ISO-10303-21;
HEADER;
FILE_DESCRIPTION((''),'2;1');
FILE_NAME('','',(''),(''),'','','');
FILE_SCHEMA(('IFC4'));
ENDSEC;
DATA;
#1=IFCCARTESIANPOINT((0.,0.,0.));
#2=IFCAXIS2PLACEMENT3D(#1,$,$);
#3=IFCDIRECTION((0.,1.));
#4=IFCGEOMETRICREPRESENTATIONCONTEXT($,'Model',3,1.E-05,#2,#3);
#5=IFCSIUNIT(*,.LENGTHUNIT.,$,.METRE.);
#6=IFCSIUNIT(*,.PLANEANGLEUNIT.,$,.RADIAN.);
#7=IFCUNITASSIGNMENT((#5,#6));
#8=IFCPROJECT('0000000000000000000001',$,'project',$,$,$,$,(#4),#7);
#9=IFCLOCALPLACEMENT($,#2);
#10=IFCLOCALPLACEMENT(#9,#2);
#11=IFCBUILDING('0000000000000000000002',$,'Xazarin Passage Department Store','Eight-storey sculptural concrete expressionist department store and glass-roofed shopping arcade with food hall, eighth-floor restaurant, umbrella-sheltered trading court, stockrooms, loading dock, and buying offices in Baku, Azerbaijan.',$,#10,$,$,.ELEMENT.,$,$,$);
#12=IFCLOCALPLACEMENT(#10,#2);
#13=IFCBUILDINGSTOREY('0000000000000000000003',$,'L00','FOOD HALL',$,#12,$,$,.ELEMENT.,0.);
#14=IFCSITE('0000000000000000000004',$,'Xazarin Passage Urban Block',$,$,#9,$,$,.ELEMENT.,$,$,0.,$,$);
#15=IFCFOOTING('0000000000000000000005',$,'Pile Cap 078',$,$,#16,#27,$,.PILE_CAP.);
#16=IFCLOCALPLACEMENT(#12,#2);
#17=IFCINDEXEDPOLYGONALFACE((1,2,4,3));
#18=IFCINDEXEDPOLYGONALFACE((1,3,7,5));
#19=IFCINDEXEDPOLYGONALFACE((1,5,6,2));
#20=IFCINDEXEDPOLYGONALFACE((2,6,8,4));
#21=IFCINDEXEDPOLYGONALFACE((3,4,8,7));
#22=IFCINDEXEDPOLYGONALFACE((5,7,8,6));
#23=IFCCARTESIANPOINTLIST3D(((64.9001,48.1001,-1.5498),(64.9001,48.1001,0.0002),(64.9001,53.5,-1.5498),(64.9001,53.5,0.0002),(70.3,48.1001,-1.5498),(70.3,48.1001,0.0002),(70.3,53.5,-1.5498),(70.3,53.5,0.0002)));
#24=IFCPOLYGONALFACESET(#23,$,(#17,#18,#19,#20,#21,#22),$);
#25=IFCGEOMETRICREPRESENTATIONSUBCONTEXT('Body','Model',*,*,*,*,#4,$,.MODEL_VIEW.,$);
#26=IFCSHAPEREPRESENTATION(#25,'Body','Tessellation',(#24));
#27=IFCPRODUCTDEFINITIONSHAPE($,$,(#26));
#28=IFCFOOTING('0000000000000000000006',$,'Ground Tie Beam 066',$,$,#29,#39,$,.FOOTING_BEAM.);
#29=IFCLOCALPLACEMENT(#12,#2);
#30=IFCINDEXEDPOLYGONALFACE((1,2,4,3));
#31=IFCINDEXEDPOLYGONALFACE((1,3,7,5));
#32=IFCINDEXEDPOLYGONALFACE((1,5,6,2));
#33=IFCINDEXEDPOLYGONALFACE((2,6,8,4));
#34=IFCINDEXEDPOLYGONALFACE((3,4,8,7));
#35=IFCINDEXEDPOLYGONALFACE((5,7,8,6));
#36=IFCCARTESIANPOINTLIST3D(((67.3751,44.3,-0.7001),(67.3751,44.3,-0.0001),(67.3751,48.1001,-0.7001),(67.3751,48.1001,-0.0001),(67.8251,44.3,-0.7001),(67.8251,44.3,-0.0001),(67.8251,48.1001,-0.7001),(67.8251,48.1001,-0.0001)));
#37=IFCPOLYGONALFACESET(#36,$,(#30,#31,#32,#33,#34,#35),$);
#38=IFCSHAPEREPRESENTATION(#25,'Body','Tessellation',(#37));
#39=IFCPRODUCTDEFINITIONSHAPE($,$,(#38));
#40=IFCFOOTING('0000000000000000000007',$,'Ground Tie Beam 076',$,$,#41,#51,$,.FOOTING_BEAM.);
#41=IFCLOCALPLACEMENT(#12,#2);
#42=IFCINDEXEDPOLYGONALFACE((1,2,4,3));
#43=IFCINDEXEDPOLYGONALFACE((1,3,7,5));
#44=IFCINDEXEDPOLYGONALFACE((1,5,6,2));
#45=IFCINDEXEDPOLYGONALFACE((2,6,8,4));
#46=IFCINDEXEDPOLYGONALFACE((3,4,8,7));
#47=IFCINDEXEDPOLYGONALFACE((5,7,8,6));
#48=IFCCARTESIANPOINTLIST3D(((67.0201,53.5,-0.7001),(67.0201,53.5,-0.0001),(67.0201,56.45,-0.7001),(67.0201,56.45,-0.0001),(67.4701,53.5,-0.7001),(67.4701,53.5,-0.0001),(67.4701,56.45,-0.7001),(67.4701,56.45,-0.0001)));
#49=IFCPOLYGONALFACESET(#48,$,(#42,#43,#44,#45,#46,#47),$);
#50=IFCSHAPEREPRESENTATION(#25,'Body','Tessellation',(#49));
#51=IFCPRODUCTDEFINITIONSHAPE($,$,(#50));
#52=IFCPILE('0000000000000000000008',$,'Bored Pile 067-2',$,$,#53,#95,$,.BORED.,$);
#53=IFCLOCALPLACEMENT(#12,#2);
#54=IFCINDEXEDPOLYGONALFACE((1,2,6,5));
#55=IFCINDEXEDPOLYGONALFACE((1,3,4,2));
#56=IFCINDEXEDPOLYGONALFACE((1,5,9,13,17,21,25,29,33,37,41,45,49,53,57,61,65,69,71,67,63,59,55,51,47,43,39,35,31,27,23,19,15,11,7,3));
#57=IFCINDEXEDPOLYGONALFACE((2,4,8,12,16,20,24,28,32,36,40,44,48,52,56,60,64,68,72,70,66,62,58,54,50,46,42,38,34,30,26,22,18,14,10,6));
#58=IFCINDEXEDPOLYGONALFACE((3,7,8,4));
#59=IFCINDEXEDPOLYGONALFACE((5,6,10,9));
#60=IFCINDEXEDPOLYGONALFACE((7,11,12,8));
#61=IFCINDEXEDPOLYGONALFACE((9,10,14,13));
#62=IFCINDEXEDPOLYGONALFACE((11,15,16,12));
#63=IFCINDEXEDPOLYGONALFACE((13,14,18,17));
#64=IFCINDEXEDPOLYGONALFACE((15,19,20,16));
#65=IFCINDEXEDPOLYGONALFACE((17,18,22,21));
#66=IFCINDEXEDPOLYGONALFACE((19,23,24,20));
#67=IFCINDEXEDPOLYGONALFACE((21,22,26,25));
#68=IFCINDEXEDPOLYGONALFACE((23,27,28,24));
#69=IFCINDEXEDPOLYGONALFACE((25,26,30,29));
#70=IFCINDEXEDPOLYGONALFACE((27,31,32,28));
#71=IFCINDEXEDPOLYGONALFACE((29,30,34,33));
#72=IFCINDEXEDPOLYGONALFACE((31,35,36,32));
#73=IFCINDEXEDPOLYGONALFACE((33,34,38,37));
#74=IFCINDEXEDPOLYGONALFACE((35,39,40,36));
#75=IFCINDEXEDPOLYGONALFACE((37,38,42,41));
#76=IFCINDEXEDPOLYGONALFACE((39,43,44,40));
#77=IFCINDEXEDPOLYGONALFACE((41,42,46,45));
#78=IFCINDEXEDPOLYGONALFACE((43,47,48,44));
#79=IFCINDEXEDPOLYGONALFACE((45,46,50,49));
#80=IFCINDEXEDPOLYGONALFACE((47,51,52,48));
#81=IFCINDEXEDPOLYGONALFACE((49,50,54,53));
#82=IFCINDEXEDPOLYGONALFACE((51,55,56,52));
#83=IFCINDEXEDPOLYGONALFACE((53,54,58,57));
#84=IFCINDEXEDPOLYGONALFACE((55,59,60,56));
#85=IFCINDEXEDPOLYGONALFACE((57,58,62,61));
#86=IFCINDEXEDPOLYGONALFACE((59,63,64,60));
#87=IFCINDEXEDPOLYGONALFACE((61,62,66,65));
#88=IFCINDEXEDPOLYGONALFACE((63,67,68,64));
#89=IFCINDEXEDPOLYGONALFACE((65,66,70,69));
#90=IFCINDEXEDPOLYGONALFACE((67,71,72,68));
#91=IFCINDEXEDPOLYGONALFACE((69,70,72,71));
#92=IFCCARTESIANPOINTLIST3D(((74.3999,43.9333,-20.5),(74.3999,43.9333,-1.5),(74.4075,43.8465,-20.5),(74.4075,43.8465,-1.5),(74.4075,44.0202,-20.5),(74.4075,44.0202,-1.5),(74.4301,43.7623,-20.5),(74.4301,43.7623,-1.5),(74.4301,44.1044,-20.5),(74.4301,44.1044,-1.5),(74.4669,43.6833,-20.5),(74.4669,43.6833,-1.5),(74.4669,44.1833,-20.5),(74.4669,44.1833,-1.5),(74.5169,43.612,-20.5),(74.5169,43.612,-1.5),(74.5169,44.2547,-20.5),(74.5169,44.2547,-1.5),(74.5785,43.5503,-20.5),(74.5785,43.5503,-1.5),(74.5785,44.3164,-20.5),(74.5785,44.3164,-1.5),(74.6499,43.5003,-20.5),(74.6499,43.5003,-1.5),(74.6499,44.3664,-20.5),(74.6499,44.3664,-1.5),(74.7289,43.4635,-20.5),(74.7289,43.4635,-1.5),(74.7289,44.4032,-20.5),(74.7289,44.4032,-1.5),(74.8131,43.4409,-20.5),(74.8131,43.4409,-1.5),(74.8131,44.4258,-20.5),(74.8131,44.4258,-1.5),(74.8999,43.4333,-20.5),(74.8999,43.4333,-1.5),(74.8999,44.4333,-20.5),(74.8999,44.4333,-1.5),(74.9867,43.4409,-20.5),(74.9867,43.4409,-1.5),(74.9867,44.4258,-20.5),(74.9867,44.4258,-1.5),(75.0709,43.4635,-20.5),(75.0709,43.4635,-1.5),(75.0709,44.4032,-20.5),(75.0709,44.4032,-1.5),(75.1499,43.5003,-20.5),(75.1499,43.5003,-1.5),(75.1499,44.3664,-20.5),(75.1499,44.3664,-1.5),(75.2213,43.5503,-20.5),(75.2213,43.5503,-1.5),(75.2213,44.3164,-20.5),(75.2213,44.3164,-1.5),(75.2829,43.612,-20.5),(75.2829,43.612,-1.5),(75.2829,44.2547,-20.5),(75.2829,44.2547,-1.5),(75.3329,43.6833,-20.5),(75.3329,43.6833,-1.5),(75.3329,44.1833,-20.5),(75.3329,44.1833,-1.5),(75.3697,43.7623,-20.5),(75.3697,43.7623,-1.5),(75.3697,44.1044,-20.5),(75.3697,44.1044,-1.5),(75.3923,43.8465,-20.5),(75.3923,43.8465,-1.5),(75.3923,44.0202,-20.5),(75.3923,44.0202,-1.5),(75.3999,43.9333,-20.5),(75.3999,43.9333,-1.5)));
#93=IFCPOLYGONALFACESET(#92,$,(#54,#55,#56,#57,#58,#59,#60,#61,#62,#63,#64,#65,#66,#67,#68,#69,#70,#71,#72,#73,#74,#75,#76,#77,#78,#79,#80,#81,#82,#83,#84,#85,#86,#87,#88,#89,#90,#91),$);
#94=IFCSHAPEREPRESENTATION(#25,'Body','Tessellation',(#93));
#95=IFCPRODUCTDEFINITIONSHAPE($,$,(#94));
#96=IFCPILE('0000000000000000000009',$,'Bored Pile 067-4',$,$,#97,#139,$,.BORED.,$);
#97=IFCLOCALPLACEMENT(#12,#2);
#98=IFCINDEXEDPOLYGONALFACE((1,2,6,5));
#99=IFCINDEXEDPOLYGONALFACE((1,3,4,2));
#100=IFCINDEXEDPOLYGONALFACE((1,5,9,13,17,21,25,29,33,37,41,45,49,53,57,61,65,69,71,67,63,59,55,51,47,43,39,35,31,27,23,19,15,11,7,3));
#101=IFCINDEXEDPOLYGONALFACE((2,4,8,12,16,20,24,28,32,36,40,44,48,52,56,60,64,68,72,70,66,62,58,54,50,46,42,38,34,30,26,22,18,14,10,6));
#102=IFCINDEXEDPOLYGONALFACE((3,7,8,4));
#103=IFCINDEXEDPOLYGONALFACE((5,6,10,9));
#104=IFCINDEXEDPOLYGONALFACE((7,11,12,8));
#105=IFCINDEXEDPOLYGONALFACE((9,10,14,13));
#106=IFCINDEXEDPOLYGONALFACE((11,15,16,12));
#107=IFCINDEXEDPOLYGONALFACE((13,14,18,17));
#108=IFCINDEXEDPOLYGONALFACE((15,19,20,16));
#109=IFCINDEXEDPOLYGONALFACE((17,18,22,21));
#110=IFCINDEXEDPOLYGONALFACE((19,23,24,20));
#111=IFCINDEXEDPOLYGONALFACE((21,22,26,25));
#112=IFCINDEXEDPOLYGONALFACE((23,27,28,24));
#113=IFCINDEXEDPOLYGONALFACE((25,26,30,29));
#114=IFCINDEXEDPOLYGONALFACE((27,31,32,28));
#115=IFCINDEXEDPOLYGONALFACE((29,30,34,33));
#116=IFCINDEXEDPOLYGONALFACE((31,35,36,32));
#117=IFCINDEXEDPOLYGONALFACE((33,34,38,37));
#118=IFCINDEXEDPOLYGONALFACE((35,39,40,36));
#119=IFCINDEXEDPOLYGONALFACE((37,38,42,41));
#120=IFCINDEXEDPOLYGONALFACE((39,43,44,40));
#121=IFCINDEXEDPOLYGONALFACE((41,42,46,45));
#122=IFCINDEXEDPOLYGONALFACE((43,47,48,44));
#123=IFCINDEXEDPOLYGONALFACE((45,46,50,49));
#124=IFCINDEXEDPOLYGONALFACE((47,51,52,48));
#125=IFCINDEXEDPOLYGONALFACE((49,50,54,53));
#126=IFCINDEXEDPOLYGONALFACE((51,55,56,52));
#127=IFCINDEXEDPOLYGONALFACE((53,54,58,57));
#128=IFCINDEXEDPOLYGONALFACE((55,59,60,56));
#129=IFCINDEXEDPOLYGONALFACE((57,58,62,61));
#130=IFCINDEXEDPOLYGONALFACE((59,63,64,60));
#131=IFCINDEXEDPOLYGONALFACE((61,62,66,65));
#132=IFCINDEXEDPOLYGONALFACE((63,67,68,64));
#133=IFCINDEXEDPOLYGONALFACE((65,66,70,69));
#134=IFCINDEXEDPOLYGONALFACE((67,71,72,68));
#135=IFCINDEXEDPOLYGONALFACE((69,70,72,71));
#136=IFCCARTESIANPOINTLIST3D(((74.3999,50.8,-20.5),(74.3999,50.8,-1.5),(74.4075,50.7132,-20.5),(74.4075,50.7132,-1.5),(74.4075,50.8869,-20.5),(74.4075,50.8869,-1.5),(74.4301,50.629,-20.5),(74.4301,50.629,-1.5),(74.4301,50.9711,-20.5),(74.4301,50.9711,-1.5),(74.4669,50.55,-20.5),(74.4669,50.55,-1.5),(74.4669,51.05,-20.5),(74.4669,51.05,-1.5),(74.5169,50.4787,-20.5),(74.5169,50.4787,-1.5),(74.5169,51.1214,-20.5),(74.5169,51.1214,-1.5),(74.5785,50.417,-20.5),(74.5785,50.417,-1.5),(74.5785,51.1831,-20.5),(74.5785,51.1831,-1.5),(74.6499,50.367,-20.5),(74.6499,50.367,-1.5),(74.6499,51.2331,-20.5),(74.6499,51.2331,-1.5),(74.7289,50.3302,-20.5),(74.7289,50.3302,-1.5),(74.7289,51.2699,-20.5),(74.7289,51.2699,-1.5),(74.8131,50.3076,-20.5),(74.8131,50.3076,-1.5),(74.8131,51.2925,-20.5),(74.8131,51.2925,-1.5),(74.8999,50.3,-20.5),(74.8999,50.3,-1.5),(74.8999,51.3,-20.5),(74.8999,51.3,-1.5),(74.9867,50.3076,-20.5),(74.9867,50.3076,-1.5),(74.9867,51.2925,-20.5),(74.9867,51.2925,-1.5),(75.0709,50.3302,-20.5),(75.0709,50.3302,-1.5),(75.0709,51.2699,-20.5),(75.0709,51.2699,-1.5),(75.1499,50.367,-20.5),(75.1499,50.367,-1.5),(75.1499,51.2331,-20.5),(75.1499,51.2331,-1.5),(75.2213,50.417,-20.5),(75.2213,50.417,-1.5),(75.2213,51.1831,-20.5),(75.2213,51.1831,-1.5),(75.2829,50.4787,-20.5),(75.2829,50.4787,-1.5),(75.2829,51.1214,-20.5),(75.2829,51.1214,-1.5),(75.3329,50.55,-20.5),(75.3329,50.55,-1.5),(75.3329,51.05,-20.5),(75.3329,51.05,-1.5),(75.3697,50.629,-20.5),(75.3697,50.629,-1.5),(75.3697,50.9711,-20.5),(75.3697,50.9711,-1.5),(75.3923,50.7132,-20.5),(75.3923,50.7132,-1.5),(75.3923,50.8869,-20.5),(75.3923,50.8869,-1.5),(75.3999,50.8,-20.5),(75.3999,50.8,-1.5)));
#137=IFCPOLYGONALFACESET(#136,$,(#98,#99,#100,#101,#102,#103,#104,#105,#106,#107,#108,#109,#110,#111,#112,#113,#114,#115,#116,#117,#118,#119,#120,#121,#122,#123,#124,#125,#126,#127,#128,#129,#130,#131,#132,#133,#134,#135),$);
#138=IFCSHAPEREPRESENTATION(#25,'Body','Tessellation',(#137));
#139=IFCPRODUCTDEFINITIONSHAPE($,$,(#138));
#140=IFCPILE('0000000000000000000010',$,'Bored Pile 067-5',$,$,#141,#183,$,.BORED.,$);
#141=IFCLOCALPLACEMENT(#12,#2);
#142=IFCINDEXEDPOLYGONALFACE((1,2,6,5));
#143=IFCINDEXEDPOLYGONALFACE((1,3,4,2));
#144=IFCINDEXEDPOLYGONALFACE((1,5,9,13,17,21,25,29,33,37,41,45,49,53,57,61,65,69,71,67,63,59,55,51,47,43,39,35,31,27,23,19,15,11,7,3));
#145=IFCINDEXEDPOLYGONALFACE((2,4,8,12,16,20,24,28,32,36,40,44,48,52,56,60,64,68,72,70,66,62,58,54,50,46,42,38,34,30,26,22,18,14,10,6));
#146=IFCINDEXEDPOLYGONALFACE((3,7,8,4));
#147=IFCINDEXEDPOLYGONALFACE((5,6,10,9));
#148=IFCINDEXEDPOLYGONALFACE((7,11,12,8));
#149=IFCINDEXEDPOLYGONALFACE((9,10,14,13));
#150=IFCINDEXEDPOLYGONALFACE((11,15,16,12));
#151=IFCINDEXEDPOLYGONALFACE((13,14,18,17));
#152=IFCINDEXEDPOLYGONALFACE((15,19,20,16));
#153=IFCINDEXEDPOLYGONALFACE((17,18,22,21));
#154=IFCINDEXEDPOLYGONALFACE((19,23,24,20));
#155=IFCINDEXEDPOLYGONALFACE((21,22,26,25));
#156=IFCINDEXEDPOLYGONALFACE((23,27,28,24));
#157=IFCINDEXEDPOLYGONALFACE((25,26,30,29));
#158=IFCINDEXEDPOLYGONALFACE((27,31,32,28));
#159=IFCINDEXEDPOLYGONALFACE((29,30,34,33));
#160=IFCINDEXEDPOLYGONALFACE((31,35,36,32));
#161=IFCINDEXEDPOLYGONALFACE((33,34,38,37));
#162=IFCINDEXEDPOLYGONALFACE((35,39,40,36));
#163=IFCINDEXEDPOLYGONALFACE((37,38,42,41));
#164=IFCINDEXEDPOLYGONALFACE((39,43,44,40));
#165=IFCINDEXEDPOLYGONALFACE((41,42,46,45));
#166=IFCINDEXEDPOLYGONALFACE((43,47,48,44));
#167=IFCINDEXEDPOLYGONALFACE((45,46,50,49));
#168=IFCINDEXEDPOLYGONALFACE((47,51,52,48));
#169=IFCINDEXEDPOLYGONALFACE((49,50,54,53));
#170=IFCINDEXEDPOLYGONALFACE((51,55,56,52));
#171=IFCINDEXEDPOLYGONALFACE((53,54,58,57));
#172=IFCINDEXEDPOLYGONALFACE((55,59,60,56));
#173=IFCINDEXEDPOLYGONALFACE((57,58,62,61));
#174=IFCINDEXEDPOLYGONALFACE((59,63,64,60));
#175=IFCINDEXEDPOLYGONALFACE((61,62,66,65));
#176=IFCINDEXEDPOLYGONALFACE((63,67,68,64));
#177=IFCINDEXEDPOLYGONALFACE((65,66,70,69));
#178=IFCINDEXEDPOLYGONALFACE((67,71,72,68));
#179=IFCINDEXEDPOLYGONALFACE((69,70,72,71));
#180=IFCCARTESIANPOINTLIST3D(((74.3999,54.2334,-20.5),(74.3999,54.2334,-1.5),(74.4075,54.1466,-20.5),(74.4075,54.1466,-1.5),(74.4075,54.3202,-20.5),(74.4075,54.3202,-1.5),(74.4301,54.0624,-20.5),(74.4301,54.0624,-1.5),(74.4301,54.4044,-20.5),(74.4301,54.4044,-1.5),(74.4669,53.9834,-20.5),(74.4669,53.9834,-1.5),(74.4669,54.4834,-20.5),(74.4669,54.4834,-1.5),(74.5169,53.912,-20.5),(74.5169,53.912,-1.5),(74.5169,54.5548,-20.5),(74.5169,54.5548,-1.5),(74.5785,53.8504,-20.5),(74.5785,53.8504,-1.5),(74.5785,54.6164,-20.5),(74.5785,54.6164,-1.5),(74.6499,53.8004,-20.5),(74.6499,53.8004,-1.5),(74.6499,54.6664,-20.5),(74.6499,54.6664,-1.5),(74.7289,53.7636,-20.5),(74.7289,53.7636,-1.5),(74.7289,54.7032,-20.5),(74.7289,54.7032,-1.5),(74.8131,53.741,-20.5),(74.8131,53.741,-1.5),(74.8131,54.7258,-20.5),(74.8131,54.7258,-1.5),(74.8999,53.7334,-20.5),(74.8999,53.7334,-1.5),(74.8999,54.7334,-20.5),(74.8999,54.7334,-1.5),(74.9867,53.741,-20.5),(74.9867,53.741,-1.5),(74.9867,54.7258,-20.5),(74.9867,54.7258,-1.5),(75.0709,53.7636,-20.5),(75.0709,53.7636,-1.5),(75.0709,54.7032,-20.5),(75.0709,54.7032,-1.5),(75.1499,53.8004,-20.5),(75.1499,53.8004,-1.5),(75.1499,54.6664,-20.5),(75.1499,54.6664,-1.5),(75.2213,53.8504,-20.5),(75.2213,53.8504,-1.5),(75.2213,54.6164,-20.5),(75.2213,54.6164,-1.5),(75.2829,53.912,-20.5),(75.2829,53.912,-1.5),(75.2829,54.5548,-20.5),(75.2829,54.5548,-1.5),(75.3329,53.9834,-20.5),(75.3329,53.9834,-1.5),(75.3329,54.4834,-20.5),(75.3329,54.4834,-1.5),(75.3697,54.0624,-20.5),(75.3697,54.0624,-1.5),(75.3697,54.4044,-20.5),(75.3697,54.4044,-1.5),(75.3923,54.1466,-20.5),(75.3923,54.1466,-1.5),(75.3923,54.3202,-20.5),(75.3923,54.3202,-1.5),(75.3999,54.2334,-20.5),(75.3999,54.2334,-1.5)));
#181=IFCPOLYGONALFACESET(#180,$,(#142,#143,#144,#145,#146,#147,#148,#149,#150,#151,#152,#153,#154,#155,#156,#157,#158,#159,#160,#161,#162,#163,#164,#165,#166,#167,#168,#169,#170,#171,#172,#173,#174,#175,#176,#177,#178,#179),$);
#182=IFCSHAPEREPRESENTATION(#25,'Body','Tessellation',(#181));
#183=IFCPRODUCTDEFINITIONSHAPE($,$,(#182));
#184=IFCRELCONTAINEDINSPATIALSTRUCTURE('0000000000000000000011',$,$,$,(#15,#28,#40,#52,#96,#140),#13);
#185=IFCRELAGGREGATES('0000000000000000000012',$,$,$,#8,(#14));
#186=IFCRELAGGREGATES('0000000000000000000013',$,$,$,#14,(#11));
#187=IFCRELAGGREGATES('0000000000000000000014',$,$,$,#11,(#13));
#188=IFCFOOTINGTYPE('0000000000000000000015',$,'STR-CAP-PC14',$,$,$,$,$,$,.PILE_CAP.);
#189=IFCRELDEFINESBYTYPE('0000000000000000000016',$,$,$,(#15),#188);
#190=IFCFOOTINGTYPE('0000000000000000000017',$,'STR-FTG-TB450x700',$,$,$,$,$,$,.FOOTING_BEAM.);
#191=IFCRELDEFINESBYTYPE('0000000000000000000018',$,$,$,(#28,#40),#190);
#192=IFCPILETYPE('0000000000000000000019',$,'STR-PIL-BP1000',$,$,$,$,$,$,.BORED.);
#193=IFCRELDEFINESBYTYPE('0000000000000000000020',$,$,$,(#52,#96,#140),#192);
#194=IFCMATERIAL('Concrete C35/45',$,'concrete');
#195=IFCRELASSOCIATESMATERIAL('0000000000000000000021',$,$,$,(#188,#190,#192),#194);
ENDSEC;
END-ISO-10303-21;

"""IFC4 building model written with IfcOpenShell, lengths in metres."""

from ifc_helpers import new_model, si_unit, direction, frame, origin, origin_2d, place, context, subcontext, project, spatial, rectangle, circle, extrude, material, material_profile, profile_set, type_object, element, save


model = new_model("IFC4")

# Units and contexts
model_context = context("Model", 3, precision=1e-05, world=origin(), true_north=direction((0.0, 1.0)))
body_context = subcontext(model_context, "Body", "Model", "MODEL_VIEW")
ifc_project = project(units=[si_unit("LENGTHUNIT", "METRE"), si_unit("PLANEANGLEUNIT", "RADIAN")], contexts=[model_context])

# Site, building, storey
site_placement = place(None, origin())
site = spatial("IfcSite", under=ifc_project, at=site_placement, Name="Xazarin Passage Urban Block", CompositionType="ELEMENT", RefElevation=0.0)
building_placement = place(site_placement, origin())
building = spatial("IfcBuilding", under=site, at=building_placement, Name="Xazarin Passage Department Store", Description="Eight-storey sculptural concrete expressionist department store and glass-roofed shopping arcade with food hall, eighth-floor restaurant, umbrella-sheltered trading court, stockrooms, loading dock, and buying offices in Baku, Azerbaijan.", CompositionType="ELEMENT")
storey_placement = place(building_placement, origin())
storey = spatial("IfcBuildingStorey", under=building, at=storey_placement, Name="L00", Description="FOOD HALL", CompositionType="ELEMENT", Elevation=0.0)

# Footings
ifc_material_1 = material(Name="Concrete C35/45", Category="concrete")
footing_type_1 = type_object("IfcFootingType", Name="STR-CAP-PC14", PredefinedType="PILE_CAP", material=ifc_material_1)
footing_1_placement = place(storey_placement, frame((67.6001, 50.8, -1.5498), z_axis=(0.0, 0.0, 1.0), x_axis=(1.0, 0.0, 0.0)))
element("IfcFooting", 1, at=footing_1_placement, inside=storey, type_object=footing_type_1, Name="Pile Cap 078", PredefinedType="PILE_CAP", context=body_context, shape_type="SweptSolid", body=[
    extrude(rectangle(XDim=5.3999, YDim=5.3999, at=origin_2d()), origin(), (0.0, 0.0, 1.0), 1.55),
])
ifc_material_profile_1 = material_profile(ifc_material_1, rectangle(XDim=0.45, YDim=0.7, at=origin_2d()), Name="RC 450x700")
ifc_profile_set_1 = profile_set([ifc_material_profile_1], Name="Concrete C35/45")
footing_type_2 = type_object("IfcFootingType", Name="STR-FTG-TB450x700", PredefinedType="FOOTING_BEAM", material=ifc_profile_set_1)
footing_2_placement = place(storey_placement, frame((67.6001, 44.3, -0.3501), z_axis=(0.0, 1.0, 0.0), x_axis=(-1.0, 0.0, 0.0)))
element("IfcFooting", 2, at=footing_2_placement, inside=storey, type_object=footing_type_2, Name="Ground Tie Beam 066", PredefinedType="FOOTING_BEAM", context=body_context, shape_type="SweptSolid", body=[
    extrude(rectangle(XDim=0.45, YDim=0.7, at=origin_2d()), origin(), (0.0, 0.0, 1.0), 3.8),
])
footing_3_placement = place(storey_placement, frame((67.2451, 53.5, -0.3501), z_axis=(0.0, 1.0, 0.0), x_axis=(-1.0, 0.0, 0.0)))
element("IfcFooting", 3, at=footing_3_placement, inside=storey, type_object=footing_type_2, Name="Ground Tie Beam 076", PredefinedType="FOOTING_BEAM", context=body_context, shape_type="SweptSolid", body=[
    extrude(rectangle(XDim=0.45, YDim=0.7, at=origin_2d()), origin(), (0.0, 0.0, 1.0), 2.95),
])

# Piles
ifc_material_profile_2 = material_profile(ifc_material_1, circle(Radius=0.5, at=origin_2d()), Name="BP 1000")
ifc_profile_set_2 = profile_set([ifc_material_profile_2], Name="Concrete C35/45")
pile_type_1 = type_object("IfcPileType", Name="STR-PIL-BP1000", PredefinedType="BORED", material=ifc_profile_set_2)
for number, where, z_axis, x_axis, name in (
    (4, (74.8999, 43.9333, -1.5), (0.0, 0.0, -1.0), (1.0, 0.0, 0.0), "Bored Pile 067-2"),
    (5, (74.8999, 50.8, -1.5), (0.0, 0.0, -1.0), (1.0, 0.0, 0.0), "Bored Pile 067-4"),
    (6, (74.8999, 54.2334, -1.5), (0.0, 0.0, -1.0), (1.0, 0.0, 0.0), "Bored Pile 067-5"),
):
    element("IfcPile", number, at=place(storey_placement, frame(where, z_axis=z_axis, x_axis=x_axis)), inside=storey, type_object=pile_type_1, Name=name, PredefinedType="BORED", context=body_context, shape_type="SweptSolid", body=[
        extrude(circle(Radius=0.5, at=origin_2d()), origin(), (0.0, 0.0, 1.0), 19.0),
    ])

save(model, "model.ifc")
